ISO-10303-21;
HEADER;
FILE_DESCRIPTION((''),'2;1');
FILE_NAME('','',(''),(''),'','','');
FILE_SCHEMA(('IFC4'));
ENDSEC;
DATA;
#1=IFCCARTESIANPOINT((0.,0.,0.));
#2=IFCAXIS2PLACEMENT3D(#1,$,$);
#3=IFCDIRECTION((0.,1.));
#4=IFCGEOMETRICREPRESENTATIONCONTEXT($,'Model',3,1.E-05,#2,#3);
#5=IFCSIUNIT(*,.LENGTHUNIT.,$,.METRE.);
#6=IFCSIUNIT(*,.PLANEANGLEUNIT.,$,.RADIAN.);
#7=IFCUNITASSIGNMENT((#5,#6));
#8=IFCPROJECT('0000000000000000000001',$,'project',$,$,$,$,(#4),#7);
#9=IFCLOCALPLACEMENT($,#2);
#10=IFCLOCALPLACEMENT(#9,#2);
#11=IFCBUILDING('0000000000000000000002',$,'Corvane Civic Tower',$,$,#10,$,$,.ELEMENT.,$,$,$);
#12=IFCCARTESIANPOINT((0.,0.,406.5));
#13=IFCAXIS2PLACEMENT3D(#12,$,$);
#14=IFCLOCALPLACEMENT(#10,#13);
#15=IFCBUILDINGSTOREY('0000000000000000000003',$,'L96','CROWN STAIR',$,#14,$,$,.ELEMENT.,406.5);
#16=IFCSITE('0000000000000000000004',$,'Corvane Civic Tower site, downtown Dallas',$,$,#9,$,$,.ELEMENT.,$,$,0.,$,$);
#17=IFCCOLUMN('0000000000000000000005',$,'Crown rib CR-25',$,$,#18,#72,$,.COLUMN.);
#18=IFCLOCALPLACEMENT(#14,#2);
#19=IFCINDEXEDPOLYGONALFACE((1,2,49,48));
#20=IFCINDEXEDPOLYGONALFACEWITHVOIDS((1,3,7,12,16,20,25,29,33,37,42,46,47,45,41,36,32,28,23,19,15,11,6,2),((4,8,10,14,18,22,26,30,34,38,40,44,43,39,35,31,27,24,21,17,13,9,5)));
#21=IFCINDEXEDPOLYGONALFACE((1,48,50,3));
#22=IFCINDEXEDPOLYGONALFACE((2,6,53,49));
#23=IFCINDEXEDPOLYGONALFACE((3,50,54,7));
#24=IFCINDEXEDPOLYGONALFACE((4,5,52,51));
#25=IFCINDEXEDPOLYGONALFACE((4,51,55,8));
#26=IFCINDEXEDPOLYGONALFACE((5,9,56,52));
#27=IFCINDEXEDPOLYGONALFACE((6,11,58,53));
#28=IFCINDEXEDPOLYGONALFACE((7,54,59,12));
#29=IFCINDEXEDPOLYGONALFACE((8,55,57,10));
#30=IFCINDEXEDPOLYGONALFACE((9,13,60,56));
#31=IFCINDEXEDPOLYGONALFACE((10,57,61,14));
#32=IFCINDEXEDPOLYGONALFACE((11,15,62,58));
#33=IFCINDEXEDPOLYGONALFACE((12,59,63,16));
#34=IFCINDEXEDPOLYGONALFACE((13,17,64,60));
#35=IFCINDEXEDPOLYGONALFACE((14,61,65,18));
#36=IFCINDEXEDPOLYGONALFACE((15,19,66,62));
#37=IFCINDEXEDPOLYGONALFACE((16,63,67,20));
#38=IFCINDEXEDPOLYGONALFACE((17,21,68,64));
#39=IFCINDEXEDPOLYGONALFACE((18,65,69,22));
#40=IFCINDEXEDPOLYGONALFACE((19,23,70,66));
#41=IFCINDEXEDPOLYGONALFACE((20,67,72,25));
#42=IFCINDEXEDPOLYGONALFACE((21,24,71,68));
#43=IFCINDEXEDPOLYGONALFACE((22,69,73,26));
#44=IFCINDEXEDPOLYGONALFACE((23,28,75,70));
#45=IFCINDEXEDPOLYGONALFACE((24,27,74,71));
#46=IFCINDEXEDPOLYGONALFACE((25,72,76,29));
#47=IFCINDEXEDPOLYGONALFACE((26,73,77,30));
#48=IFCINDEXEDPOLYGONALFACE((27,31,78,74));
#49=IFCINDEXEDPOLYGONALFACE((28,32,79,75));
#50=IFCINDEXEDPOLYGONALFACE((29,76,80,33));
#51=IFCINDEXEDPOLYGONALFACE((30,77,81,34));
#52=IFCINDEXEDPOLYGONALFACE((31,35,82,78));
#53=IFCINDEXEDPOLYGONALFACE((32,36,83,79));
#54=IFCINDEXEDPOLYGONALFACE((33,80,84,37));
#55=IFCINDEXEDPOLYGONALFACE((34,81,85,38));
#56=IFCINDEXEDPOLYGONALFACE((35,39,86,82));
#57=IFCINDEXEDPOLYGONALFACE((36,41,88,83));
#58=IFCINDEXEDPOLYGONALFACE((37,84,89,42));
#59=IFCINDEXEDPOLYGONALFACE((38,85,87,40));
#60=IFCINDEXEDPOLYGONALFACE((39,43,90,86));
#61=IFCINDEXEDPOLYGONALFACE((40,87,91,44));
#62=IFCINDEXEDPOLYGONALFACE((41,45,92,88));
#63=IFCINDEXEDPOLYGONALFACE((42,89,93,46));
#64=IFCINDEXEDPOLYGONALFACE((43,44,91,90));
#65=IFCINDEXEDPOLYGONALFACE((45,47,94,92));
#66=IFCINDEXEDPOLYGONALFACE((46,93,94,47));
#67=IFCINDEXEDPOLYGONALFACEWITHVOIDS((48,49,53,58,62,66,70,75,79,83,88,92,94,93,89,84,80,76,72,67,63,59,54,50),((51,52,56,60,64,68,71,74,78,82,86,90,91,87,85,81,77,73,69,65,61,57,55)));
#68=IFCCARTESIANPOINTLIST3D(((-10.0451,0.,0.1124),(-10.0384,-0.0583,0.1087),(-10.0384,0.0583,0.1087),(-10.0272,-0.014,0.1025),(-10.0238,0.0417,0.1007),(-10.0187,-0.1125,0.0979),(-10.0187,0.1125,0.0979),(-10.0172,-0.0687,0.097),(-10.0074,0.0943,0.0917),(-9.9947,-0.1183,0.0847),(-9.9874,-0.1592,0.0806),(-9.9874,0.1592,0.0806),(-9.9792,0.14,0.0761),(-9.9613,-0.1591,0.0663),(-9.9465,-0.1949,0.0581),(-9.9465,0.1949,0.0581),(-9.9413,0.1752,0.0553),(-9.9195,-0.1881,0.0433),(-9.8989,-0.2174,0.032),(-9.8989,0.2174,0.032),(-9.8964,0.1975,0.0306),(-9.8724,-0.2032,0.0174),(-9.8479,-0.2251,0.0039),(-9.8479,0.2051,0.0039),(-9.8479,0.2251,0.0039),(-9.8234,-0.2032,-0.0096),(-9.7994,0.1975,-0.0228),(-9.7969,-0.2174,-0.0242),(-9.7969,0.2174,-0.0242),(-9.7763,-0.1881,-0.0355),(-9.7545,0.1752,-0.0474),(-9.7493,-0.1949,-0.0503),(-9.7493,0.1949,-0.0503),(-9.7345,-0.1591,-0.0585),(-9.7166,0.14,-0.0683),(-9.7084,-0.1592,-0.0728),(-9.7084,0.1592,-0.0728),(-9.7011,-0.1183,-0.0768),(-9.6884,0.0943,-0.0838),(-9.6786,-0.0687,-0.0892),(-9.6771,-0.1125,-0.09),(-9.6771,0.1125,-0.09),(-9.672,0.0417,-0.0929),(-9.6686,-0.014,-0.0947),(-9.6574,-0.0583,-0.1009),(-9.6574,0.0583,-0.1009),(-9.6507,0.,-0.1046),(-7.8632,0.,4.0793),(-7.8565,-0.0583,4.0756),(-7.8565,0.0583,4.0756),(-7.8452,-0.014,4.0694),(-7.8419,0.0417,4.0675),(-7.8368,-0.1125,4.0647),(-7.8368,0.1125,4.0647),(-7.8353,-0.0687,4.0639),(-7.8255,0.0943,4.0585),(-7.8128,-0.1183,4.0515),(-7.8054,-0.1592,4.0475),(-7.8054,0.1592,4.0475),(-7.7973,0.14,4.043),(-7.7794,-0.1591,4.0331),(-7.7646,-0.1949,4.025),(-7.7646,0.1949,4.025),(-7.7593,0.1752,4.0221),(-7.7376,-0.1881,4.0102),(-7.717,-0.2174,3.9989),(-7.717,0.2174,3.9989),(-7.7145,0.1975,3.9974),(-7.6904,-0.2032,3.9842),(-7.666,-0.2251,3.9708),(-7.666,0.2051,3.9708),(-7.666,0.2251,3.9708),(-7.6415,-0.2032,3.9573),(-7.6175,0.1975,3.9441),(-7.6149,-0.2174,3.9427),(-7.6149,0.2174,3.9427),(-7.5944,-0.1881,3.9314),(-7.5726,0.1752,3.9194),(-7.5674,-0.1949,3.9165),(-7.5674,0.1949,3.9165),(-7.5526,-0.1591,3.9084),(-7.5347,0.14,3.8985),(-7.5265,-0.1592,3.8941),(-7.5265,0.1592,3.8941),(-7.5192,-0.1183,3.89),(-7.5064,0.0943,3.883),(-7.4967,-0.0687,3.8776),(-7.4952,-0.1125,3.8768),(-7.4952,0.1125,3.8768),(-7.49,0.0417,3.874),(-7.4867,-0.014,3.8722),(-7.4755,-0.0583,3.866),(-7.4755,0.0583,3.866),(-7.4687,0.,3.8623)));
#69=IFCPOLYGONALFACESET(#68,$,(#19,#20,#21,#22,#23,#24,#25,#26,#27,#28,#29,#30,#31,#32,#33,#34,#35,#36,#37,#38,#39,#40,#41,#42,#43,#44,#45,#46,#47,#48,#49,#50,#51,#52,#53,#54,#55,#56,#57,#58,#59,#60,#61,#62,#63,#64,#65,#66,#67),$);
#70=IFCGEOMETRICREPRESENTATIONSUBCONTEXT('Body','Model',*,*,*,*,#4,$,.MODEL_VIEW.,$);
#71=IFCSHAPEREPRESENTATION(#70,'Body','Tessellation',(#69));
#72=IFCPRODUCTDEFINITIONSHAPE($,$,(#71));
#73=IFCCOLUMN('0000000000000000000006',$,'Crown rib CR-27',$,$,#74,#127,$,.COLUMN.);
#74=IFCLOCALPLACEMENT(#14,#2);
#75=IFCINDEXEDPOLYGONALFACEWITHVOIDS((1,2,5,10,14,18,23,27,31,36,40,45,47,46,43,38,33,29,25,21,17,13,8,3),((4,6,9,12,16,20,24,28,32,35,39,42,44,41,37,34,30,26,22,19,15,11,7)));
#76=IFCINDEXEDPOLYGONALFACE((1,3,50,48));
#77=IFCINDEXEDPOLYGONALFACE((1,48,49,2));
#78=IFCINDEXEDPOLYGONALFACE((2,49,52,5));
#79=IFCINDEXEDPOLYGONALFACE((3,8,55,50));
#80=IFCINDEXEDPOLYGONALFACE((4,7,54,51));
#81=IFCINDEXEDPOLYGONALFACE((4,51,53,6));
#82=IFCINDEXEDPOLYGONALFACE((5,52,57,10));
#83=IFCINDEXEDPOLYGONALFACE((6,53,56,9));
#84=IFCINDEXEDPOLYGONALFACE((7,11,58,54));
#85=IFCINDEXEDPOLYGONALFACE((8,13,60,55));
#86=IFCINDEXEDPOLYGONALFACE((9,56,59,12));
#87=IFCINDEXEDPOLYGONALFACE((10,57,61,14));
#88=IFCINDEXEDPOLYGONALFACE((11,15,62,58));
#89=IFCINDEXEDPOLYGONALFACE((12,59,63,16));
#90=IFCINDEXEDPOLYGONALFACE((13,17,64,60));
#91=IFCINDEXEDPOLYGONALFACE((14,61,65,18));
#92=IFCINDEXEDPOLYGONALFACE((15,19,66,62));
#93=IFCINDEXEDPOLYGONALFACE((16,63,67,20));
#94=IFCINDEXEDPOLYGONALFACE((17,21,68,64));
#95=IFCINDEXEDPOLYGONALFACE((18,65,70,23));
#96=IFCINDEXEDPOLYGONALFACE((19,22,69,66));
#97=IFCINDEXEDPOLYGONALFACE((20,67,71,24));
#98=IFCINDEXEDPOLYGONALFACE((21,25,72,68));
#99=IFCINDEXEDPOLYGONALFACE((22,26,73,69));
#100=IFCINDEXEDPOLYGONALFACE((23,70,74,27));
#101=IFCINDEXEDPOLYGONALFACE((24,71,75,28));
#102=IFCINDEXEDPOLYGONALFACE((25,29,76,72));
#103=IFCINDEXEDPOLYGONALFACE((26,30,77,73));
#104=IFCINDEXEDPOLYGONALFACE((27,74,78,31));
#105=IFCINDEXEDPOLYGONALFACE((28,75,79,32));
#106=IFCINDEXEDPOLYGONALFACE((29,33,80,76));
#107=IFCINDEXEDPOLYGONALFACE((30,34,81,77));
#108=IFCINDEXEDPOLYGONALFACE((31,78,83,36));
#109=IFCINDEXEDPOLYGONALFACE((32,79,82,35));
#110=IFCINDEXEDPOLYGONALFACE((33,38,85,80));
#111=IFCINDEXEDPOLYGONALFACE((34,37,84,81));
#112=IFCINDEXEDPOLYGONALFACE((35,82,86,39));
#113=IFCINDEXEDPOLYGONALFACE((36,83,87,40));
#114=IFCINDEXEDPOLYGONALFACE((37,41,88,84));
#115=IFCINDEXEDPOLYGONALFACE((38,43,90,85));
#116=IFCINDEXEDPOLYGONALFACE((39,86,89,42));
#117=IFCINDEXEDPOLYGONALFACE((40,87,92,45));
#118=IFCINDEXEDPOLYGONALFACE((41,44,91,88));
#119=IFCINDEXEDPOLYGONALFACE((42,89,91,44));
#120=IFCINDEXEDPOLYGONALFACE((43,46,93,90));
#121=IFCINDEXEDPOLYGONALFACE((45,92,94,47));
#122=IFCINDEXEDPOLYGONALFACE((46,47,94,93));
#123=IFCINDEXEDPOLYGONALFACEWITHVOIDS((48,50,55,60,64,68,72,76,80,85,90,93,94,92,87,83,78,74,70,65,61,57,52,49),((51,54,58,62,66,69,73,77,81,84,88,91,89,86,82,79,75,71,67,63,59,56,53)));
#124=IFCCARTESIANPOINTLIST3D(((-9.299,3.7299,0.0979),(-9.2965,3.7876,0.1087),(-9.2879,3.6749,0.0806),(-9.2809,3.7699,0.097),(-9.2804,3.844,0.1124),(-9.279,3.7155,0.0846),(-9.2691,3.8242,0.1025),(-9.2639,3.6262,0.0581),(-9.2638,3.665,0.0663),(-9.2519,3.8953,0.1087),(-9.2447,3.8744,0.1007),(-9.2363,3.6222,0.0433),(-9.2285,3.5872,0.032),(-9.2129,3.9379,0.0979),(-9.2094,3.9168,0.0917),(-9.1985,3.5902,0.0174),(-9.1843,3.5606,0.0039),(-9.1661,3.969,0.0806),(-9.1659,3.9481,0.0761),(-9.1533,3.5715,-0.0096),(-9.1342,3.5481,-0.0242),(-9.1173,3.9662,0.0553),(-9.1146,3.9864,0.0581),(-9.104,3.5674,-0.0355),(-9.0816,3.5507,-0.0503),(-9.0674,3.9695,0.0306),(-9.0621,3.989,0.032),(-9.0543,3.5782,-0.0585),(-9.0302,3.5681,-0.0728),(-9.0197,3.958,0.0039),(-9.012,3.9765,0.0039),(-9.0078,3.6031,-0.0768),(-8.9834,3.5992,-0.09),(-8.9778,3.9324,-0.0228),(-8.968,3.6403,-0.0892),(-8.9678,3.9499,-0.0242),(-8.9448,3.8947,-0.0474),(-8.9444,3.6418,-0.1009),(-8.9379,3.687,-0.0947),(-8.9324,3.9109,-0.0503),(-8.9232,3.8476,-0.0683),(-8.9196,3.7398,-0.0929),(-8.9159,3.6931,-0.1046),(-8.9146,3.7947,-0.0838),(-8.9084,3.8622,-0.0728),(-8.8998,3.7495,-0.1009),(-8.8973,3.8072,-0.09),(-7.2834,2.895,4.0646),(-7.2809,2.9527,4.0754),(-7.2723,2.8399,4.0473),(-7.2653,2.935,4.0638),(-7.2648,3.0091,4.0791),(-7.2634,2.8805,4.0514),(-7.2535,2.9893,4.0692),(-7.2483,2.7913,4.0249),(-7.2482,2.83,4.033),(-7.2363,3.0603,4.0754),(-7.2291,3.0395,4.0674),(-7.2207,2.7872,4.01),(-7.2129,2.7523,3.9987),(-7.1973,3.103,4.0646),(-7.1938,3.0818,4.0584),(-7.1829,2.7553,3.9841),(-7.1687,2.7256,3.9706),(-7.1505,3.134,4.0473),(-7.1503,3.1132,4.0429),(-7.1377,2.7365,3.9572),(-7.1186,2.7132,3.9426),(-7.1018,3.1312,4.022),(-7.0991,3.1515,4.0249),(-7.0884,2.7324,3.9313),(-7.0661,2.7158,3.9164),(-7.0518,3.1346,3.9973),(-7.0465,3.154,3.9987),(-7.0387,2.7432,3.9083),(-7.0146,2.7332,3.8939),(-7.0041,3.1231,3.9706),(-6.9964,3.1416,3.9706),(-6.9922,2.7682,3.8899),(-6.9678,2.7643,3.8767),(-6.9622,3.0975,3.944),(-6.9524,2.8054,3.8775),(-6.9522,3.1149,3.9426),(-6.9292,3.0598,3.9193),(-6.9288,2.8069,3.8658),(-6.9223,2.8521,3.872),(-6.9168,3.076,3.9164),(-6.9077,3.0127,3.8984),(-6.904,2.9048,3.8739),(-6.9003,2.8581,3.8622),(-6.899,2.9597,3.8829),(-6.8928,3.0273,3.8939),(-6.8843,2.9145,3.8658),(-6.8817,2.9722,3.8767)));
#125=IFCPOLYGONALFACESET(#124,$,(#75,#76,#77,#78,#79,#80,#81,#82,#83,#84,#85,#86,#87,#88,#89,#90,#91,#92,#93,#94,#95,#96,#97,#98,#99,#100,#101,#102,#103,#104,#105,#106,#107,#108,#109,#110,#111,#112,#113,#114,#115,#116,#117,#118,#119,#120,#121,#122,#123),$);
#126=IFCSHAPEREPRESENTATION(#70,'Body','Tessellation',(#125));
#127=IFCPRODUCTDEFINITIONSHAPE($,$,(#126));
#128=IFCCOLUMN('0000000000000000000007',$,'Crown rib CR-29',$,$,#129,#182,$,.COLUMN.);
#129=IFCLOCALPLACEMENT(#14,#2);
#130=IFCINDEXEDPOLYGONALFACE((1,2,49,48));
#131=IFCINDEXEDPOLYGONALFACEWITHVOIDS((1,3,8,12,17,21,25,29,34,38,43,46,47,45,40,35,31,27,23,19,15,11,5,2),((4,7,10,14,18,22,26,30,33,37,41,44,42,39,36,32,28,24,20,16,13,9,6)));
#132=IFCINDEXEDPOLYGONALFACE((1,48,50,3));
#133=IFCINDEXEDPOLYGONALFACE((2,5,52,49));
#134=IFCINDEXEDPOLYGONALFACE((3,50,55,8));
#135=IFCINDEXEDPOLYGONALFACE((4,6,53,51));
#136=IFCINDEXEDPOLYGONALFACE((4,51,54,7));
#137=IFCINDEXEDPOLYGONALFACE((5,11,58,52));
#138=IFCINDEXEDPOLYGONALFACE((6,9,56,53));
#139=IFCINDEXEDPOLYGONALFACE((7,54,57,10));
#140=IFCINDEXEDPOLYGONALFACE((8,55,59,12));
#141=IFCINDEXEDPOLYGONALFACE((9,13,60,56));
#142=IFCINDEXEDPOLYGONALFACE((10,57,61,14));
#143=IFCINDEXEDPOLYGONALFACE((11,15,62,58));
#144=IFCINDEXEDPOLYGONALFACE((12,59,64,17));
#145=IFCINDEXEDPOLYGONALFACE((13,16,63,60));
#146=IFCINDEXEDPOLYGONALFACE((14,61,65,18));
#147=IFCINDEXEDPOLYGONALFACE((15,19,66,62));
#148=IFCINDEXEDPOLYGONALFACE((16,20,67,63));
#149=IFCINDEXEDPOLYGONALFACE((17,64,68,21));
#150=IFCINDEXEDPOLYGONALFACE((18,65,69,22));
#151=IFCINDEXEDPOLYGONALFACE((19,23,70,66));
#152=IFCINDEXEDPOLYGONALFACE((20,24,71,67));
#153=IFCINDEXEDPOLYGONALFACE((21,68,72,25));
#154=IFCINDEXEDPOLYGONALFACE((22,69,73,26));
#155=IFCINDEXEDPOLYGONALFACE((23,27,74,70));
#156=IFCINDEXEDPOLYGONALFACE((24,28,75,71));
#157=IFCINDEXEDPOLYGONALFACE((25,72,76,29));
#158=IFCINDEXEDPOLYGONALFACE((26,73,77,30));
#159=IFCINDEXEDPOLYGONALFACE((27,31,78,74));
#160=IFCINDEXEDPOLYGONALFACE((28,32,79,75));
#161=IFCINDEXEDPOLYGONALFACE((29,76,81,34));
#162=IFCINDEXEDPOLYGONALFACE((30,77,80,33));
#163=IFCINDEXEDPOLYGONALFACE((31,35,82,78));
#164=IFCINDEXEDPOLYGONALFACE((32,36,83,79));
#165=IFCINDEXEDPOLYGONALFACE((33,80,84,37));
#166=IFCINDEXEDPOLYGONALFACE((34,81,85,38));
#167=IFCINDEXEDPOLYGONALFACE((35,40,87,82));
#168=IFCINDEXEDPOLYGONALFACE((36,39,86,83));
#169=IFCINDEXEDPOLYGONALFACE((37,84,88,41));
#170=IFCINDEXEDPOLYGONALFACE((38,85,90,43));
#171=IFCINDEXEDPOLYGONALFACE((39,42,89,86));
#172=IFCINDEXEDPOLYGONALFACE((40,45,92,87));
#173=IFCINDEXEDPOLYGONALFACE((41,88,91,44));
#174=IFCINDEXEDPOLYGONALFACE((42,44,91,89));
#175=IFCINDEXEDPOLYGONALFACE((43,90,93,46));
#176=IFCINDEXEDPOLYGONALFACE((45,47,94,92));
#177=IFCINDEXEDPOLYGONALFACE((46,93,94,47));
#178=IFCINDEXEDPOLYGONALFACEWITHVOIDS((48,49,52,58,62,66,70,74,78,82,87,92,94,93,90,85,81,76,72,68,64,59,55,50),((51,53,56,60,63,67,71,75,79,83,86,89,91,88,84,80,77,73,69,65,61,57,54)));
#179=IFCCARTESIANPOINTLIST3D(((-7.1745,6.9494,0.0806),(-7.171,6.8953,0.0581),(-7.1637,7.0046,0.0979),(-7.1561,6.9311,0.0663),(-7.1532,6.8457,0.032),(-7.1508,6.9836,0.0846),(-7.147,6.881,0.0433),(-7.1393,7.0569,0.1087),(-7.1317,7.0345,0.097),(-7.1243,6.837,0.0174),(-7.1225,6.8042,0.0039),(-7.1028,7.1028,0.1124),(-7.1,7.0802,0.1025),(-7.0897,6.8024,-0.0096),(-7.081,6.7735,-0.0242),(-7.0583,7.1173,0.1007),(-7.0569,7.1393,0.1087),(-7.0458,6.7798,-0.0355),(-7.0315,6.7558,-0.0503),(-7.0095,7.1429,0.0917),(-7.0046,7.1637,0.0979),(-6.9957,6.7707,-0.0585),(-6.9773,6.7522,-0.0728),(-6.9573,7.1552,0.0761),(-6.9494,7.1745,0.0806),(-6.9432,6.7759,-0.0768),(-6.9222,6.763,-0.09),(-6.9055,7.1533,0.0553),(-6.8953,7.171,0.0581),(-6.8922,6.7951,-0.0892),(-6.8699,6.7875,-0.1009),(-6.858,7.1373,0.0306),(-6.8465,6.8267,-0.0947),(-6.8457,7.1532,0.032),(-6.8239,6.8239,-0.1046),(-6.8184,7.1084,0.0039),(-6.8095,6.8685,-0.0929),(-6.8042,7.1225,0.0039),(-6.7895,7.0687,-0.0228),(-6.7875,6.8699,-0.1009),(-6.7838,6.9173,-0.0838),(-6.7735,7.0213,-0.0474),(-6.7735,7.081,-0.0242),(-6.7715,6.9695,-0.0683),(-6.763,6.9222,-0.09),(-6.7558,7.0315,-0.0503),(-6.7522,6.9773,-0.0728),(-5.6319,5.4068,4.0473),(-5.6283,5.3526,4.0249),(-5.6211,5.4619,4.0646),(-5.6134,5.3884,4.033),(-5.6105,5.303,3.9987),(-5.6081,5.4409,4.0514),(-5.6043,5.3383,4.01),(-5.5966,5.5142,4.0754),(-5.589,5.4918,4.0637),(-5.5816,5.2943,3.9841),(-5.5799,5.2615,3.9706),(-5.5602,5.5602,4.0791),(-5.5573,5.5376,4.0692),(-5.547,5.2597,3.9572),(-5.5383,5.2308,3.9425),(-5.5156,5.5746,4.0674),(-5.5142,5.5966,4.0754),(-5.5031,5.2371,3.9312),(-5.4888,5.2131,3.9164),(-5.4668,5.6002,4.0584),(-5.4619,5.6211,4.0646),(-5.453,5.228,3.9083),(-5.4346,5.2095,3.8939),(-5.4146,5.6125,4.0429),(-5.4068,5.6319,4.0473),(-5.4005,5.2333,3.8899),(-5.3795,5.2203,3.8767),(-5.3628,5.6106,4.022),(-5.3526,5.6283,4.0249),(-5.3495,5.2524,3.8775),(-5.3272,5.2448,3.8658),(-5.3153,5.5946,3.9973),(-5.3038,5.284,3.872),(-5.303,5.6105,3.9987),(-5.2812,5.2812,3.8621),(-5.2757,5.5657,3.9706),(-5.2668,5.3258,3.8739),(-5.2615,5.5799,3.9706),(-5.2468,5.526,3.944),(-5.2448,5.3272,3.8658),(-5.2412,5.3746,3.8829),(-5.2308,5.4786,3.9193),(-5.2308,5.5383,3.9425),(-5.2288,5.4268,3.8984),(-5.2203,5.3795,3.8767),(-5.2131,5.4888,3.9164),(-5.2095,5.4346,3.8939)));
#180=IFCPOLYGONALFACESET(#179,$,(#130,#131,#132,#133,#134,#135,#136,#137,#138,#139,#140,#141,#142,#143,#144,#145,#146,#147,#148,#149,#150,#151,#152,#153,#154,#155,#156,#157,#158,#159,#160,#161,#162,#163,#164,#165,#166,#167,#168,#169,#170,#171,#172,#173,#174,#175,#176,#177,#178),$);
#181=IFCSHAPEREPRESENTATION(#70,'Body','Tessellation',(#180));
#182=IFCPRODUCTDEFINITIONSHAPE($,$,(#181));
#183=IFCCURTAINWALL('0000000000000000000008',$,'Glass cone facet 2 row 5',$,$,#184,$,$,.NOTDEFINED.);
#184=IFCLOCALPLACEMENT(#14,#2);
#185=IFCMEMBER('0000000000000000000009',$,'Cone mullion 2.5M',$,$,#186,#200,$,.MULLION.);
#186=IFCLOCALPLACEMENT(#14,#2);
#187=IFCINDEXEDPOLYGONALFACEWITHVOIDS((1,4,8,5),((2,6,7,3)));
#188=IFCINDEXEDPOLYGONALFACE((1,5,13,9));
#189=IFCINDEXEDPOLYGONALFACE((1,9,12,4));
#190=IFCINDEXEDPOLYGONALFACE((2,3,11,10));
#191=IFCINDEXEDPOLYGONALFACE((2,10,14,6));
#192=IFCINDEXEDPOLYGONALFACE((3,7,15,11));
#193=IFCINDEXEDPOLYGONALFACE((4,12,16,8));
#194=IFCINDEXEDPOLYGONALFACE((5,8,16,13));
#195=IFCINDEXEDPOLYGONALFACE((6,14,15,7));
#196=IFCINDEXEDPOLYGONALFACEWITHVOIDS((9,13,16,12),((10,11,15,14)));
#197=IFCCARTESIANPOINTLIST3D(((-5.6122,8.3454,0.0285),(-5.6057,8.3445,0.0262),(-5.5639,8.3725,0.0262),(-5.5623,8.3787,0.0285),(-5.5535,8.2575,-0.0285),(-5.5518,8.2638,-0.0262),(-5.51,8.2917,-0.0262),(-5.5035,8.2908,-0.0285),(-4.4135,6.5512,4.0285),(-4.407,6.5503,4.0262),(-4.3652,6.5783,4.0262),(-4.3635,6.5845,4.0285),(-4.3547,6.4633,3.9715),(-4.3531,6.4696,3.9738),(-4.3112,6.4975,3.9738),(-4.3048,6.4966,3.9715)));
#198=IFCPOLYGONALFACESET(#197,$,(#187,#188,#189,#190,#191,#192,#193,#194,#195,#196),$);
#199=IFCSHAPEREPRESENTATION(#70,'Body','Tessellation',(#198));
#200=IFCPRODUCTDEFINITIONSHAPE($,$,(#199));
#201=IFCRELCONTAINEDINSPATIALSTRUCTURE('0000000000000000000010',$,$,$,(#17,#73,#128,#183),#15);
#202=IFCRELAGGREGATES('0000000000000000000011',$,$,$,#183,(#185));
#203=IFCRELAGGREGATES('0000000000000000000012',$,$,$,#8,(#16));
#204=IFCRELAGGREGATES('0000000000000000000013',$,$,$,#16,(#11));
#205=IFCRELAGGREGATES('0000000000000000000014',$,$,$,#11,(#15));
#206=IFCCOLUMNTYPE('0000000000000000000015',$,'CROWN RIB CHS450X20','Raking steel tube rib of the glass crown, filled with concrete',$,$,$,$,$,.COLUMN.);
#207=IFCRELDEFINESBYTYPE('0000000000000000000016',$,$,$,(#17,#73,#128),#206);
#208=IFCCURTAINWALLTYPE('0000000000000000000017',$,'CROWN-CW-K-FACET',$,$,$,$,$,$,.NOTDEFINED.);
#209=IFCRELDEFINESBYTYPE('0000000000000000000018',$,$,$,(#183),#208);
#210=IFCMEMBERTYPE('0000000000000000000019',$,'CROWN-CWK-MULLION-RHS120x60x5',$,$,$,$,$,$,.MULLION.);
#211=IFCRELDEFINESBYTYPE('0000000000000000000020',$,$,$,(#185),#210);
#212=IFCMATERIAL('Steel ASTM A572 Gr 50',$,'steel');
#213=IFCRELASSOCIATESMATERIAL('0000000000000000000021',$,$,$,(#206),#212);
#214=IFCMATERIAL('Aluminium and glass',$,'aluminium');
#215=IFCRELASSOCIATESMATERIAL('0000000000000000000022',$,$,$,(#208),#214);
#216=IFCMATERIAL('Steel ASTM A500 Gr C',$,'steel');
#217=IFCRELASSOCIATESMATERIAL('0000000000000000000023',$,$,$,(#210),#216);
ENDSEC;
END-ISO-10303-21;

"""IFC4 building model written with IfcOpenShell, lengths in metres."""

from ifc_helpers import new_model, si_unit, direction, frame, origin, origin_2d, place, context, subcontext, project, spatial, hollow_rectangle, hollow_circle, extrude, material, material_profile, profile_set, type_object, element, aggregate, save


model = new_model("IFC4")

# Units and contexts
model_context = context("Model", 3, precision=1e-05, world=origin(), true_north=direction((0.0, 1.0)))
body_context = subcontext(model_context, "Body", "Model", "MODEL_VIEW")
ifc_project = project(units=[si_unit("LENGTHUNIT", "METRE"), si_unit("PLANEANGLEUNIT", "RADIAN")], contexts=[model_context])

# Site, building, storey
site_placement = place(None, origin())
site = spatial("IfcSite", under=ifc_project, at=site_placement, Name="Corvane Civic Tower site, downtown Dallas", CompositionType="ELEMENT", RefElevation=0.0)
building_placement = place(site_placement, origin())
building = spatial("IfcBuilding", under=site, at=building_placement, Name="Corvane Civic Tower", CompositionType="ELEMENT")
storey_placement = place(building_placement, frame((0.0, 0.0, 406.5)))
storey = spatial("IfcBuildingStorey", under=building, at=storey_placement, Name="L96", Description="CROWN STAIR", CompositionType="ELEMENT", Elevation=406.5)

# Columns
ifc_material_1 = material(Name="Steel ASTM A572 Gr 50", Category="steel")
ifc_material_profile_1 = material_profile(ifc_material_1, hollow_circle(Radius=0.2251, WallThickness=0.02, at=origin_2d()), Name="CHS450X20")
ifc_profile_set_1 = profile_set([ifc_material_profile_1], Name="Steel ASTM A572 Gr 50")
column_type = type_object("IfcColumnType", Name="CROWN RIB CHS450X20", Description="Raking steel tube rib of the glass crown, filled with concrete", PredefinedType="COLUMN", material=ifc_profile_set_1)
column_placement = place(storey_placement, frame((-9.8479, 0.0, 0.0039), z_axis=(0.481944, 0.0, 0.876202), x_axis=(0.0, 1.0, 0.0)))
element("IfcColumn", 1, at=column_placement, inside=storey, type_object=column_type, Name="Crown rib CR-25", PredefinedType="COLUMN", context=body_context, shape_type="SweptSolid", body=[
    extrude(hollow_circle(Radius=0.2251, WallThickness=0.02, at=origin_2d()), origin(), (0.0, 0.0, 1.0), 4.5273),
])
for number, where, z_axis, x_axis, name in (
    (2, (-9.0981, 3.7686, 0.0039), (0.445227, -0.184433, 0.876218), (0.382708, 0.92387, 0.0), "Crown rib CR-27"),
    (3, (-6.9634, 6.9634, 0.0039), (0.340768, -0.340768, 0.876216), (0.707107, 0.707107, 0.0), "Crown rib CR-29"),
):
    element("IfcColumn", number, at=place(storey_placement, frame(where, z_axis=z_axis, x_axis=x_axis)), inside=storey, type_object=column_type, Name=name, PredefinedType="COLUMN", context=body_context, shape_type="SweptSolid", body=[
        extrude(hollow_circle(Radius=0.2251, WallThickness=0.02, at=origin_2d()), origin(), (0.0, 0.0, 1.0), 4.5271),
    ])

# Curtain wall, member
ifc_material_2 = material(Name="Aluminium and glass", Category="aluminium")
curtain_wall_type = type_object("IfcCurtainWallType", Name="CROWN-CW-K-FACET", PredefinedType="NOTDEFINED", material=ifc_material_2)
curtain_wall_1_placement = place(storey_placement, origin())
curtain_wall_1 = element("IfcCurtainWall", 4, at=curtain_wall_1_placement, inside=storey, type_object=curtain_wall_type, Name="Glass cone facet 2 row 5", PredefinedType="NOTDEFINED")
ifc_material_3 = material(Name="Steel ASTM A500 Gr C", Category="steel")
ifc_material_profile_2 = material_profile(ifc_material_3, hollow_rectangle(XDim=0.0601, YDim=0.1201, WallThickness=0.0049, at=origin_2d()), Name="RHS 120x60x5")
ifc_profile_set_2 = profile_set([ifc_material_profile_2], Name="Steel ASTM A500 Gr C")
member_type_1 = type_object("IfcMemberType", Name="CROWN-CWK-MULLION-RHS120x60x5", PredefinedType="MULLION", material=ifc_profile_set_2)
member_1_placement = place(storey_placement, frame((-5.5579, 8.3181, 0.0), z_axis=(0.263753, -0.39477, 0.880108), x_axis=(0.831493, 0.555535, 0.0)))
member_1 = element("IfcMember", 5, at=member_1_placement, type_object=member_type_1, Name="Cone mullion 2.5M", PredefinedType="MULLION", context=body_context, shape_type="SweptSolid", body=[
    extrude(hollow_rectangle(XDim=0.0601, YDim=0.1201, WallThickness=0.0049, at=origin_2d()), origin(), (0.0, 0.0, 1.0), 4.5449),
])
aggregate(curtain_wall_1, [member_1])

save(model, "model.ifc")
